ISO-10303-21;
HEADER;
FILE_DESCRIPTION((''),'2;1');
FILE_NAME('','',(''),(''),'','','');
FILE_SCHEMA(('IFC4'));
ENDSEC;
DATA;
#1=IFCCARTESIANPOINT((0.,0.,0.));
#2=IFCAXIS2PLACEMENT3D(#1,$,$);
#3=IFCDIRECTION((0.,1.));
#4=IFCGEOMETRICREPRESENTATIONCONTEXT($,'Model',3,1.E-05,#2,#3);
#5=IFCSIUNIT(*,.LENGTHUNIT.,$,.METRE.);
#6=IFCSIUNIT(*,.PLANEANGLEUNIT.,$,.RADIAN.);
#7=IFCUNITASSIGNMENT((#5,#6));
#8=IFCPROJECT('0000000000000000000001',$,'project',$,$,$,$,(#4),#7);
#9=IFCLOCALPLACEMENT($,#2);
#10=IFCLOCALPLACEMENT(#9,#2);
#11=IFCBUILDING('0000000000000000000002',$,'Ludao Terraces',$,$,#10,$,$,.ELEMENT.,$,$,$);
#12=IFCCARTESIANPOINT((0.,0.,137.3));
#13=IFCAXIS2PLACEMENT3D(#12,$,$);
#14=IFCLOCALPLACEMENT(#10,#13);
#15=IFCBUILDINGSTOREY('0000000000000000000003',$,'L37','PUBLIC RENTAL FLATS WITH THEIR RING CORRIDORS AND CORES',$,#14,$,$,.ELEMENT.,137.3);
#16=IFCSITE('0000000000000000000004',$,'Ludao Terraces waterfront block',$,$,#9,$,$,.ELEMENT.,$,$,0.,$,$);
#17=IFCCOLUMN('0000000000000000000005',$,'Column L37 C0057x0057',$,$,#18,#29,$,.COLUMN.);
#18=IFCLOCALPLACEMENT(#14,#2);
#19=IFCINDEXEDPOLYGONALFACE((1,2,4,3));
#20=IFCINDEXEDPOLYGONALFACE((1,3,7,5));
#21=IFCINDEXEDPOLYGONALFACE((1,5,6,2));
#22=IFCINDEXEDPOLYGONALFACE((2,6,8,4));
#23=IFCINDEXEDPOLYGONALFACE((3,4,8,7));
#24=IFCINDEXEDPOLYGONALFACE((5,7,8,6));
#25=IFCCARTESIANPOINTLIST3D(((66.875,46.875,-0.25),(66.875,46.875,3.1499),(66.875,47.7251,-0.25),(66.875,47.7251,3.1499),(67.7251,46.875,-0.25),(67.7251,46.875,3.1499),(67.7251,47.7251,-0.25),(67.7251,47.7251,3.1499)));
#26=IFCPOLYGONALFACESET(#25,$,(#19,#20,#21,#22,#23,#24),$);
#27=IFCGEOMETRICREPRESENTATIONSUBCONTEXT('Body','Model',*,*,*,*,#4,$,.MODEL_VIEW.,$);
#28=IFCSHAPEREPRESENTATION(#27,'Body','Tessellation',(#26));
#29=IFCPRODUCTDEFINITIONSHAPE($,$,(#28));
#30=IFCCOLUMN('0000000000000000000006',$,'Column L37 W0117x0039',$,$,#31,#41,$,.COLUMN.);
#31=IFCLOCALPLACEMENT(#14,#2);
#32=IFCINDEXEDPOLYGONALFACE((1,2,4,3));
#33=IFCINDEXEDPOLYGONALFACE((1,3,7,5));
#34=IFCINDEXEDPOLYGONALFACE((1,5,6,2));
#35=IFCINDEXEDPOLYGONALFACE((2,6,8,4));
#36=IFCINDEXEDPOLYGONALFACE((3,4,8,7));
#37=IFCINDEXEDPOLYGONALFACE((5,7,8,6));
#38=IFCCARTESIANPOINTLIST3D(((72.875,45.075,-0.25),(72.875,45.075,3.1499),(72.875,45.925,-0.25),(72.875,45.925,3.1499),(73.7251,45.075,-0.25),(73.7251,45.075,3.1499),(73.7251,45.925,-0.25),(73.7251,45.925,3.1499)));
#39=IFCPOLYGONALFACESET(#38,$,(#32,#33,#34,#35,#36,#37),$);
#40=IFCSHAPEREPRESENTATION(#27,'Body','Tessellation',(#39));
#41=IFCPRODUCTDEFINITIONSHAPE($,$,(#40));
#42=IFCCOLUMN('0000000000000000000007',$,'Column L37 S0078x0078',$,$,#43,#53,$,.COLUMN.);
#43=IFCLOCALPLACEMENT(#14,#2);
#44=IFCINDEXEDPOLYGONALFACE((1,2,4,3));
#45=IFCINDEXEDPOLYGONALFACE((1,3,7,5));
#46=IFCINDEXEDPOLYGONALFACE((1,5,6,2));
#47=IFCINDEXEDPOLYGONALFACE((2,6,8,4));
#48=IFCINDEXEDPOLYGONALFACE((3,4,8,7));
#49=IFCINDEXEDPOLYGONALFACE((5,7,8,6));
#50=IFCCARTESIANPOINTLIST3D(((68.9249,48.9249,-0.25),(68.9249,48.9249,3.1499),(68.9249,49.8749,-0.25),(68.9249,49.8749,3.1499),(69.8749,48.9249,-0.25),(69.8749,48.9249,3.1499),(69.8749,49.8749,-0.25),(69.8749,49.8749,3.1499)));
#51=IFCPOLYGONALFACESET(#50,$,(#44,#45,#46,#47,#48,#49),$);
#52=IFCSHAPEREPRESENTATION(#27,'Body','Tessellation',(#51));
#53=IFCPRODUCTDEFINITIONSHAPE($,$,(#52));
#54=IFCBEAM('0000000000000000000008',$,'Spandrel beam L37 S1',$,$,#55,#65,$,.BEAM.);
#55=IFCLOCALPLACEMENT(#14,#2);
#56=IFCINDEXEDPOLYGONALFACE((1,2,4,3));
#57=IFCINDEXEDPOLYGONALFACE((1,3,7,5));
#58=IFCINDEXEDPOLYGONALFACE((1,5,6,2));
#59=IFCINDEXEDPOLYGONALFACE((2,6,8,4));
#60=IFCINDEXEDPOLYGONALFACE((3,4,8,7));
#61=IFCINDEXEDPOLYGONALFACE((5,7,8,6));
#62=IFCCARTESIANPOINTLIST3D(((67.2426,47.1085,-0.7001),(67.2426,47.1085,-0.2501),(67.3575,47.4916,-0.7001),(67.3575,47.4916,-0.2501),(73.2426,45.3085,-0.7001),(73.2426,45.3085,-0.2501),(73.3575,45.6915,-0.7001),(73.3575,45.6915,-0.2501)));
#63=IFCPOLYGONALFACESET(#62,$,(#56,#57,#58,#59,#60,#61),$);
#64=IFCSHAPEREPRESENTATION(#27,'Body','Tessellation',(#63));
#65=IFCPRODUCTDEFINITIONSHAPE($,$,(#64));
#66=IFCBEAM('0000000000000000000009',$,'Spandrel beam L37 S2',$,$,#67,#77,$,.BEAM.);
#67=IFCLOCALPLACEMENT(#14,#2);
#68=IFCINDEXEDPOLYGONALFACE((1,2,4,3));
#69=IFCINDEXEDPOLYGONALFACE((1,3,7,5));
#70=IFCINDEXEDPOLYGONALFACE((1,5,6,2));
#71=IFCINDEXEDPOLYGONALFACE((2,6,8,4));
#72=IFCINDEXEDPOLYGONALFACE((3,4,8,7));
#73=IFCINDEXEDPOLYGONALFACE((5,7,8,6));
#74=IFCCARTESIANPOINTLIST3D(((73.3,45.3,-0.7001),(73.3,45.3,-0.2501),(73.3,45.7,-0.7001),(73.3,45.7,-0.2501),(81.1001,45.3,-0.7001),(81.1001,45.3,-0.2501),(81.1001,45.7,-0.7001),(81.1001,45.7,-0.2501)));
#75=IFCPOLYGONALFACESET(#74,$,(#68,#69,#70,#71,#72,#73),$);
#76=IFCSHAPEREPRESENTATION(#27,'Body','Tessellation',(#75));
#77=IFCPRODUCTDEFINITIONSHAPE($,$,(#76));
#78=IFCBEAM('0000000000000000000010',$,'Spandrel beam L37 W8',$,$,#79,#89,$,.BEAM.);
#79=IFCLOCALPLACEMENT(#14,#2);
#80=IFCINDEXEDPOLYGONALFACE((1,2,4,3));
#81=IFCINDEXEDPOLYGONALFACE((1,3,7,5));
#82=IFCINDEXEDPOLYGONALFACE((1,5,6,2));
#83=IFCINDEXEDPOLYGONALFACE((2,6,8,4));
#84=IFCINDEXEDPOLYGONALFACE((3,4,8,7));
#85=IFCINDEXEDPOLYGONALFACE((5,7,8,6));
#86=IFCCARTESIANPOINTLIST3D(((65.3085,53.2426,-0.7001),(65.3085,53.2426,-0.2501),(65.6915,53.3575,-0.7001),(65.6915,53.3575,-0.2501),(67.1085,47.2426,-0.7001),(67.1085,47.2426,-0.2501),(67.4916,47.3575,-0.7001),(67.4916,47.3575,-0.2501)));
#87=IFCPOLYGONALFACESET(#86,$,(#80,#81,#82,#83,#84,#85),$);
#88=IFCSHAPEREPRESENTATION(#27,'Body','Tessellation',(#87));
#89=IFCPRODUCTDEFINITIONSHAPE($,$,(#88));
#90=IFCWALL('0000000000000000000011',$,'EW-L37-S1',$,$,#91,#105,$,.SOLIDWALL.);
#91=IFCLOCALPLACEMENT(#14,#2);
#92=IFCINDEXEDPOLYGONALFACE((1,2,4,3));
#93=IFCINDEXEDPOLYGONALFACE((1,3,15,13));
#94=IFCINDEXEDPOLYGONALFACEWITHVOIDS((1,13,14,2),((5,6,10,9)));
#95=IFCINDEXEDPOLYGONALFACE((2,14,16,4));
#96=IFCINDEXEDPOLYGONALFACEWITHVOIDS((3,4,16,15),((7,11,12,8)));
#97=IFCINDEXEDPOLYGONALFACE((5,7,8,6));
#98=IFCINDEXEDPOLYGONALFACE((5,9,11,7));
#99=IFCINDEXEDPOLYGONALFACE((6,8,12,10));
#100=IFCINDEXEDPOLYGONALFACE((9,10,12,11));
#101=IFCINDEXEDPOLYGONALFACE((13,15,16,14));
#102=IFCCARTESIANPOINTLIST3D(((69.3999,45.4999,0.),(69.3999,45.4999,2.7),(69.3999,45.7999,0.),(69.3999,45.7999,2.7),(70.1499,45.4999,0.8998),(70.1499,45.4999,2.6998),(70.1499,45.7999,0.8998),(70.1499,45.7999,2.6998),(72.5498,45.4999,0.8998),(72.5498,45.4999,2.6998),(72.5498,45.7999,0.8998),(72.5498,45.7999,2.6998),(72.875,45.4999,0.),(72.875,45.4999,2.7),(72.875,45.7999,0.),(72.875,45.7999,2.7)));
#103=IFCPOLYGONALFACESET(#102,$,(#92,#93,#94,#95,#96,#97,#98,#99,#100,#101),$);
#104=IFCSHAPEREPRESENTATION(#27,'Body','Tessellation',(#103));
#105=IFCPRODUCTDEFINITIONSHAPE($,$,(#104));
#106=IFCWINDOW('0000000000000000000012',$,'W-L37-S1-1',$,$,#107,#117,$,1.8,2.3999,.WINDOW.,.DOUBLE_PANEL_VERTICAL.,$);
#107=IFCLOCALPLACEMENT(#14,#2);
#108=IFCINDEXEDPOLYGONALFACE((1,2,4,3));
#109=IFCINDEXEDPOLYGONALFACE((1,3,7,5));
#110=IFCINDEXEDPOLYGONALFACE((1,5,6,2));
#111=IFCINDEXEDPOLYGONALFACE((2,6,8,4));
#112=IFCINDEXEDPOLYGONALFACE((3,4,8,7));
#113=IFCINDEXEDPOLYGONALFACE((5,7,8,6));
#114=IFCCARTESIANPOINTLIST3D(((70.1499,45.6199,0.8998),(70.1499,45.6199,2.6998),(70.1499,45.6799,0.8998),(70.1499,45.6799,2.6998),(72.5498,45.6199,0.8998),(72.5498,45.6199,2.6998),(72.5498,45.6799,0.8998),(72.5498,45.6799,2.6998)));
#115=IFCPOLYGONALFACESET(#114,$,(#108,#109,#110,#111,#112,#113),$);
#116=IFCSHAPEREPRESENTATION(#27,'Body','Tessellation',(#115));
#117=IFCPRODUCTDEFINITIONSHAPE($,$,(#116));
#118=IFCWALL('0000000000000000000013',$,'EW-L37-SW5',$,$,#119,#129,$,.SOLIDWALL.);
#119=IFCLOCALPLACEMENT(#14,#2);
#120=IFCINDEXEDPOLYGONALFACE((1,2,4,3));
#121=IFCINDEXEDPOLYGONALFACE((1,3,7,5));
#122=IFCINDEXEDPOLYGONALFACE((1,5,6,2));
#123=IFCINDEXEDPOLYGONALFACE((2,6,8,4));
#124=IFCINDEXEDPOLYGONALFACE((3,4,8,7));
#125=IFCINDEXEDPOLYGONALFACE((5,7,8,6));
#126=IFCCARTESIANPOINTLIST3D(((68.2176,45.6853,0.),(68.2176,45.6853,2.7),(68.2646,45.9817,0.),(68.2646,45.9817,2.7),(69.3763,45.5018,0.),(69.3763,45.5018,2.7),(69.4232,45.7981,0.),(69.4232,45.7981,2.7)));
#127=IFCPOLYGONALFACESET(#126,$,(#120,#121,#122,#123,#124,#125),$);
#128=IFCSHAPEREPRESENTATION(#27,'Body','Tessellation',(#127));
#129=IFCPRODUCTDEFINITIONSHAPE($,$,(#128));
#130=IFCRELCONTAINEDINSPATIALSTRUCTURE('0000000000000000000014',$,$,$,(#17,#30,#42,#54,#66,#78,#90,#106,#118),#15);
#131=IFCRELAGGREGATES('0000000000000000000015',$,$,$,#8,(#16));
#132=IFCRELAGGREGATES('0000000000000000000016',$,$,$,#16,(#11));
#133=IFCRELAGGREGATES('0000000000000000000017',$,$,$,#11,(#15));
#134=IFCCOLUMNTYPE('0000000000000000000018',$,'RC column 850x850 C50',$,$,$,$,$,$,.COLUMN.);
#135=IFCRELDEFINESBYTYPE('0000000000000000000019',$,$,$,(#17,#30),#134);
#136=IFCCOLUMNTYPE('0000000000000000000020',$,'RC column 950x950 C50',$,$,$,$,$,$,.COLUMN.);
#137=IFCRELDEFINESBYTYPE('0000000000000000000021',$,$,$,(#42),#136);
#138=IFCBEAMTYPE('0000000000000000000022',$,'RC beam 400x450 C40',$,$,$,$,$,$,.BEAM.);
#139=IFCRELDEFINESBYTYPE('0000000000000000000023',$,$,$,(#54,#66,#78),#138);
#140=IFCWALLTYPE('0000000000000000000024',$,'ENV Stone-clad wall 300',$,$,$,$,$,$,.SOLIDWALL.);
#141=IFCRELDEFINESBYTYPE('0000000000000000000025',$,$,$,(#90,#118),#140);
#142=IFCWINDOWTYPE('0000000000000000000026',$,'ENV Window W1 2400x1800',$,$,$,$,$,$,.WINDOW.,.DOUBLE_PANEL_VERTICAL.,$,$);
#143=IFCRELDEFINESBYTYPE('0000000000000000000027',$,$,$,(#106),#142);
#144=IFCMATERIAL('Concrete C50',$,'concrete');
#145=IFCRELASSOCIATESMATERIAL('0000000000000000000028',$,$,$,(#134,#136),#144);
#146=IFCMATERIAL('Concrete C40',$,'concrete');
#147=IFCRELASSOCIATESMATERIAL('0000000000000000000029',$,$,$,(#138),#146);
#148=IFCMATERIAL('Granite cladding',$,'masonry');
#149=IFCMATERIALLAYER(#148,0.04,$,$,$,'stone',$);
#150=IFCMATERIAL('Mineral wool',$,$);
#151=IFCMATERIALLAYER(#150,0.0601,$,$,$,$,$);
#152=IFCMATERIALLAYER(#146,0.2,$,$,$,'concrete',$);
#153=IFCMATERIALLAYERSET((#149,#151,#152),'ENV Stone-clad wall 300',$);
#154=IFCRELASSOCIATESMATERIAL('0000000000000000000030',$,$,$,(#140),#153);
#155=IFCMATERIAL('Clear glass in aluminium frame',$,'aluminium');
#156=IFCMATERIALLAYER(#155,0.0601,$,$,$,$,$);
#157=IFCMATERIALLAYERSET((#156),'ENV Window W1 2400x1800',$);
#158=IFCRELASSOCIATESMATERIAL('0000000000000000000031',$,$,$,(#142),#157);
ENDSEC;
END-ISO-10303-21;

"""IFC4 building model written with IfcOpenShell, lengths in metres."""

from ifc_helpers import new_model, si_unit, direction, frame, frame_2d, origin, origin_2d, place, context, subcontext, project, spatial, rectangle, extrude, material, layer, layer_set, material_profile, profile_set, type_object, element, fill, save


model = new_model("IFC4")

# Units and contexts
model_context = context("Model", 3, precision=1e-05, world=origin(), true_north=direction((0.0, 1.0)))
body_context = subcontext(model_context, "Body", "Model", "MODEL_VIEW")
ifc_project = project(units=[si_unit("LENGTHUNIT", "METRE"), si_unit("PLANEANGLEUNIT", "RADIAN")], contexts=[model_context])

# Site, building, storey
site_placement = place(None, origin())
site = spatial("IfcSite", under=ifc_project, at=site_placement, Name="Ludao Terraces waterfront block", CompositionType="ELEMENT", RefElevation=0.0)
building_placement = place(site_placement, origin())
building = spatial("IfcBuilding", under=site, at=building_placement, Name="Ludao Terraces", CompositionType="ELEMENT")
storey_placement = place(building_placement, frame((0.0, 0.0, 137.3)))
storey = spatial("IfcBuildingStorey", under=building, at=storey_placement, Name="L37", Description="PUBLIC RENTAL FLATS WITH THEIR RING CORRIDORS AND CORES", CompositionType="ELEMENT", Elevation=137.3)

# Columns
ifc_material_1 = material(Name="Concrete C50", Category="concrete")
ifc_material_profile_1 = material_profile(ifc_material_1, rectangle(XDim=0.8501, YDim=0.8501, at=origin_2d()), Name="850 X 850")
ifc_profile_set_1 = profile_set([ifc_material_profile_1], Name="Concrete C50")
column_type_1 = type_object("IfcColumnType", Name="RC column 850x850 C50", PredefinedType="COLUMN", material=ifc_profile_set_1)
for number, where, z_axis, x_axis, name in (
    (1, (67.3, 47.3, -0.25), (0.0, 0.0, 1.0), (1.0, 0.0, 0.0), "Column L37 C0057x0057"),
    (2, (73.3, 45.5, -0.25), (0.0, 0.0, 1.0), (1.0, 0.0, 0.0), "Column L37 W0117x0039"),
):
    element("IfcColumn", number, at=place(storey_placement, frame(where, z_axis=z_axis, x_axis=x_axis)), inside=storey, type_object=column_type_1, Name=name, PredefinedType="COLUMN", context=body_context, shape_type="SweptSolid", body=[
        extrude(rectangle(XDim=0.8501, YDim=0.8501, at=origin_2d()), origin(), (0.0, 0.0, 1.0), 3.3999),
    ])
ifc_material_profile_2 = material_profile(ifc_material_1, rectangle(XDim=0.95, YDim=0.95, at=origin_2d()), Name="950 X 950")
ifc_profile_set_2 = profile_set([ifc_material_profile_2], Name="Concrete C50")
column_type_2 = type_object("IfcColumnType", Name="RC column 950x950 C50", PredefinedType="COLUMN", material=ifc_profile_set_2)
column_placement = place(storey_placement, frame((69.3999, 49.3999, -0.25), z_axis=(0.0, 0.0, 1.0), x_axis=(1.0, 0.0, 0.0)))
element("IfcColumn", 3, at=column_placement, inside=storey, type_object=column_type_2, Name="Column L37 S0078x0078", PredefinedType="COLUMN", context=body_context, shape_type="SweptSolid", body=[
    extrude(rectangle(XDim=0.95, YDim=0.95, at=origin_2d()), origin(), (0.0, 0.0, 1.0), 3.3999),
])

# Beams
ifc_material_2 = material(Name="Concrete C40", Category="concrete")
ifc_material_profile_3 = material_profile(ifc_material_2, rectangle(XDim=0.3999, YDim=0.45, at=origin_2d()), Name="400 X 450")
ifc_profile_set_3 = profile_set([ifc_material_profile_3], Name="Concrete C40")
beam_type = type_object("IfcBeamType", Name="RC beam 400x450 C40", PredefinedType="BEAM", material=ifc_profile_set_3)
beam_1_placement = place(storey_placement, frame((67.3, 47.3, -0.4751), z_axis=(0.957824, -0.287355, 0.0), x_axis=(0.287355, 0.957824, 0.0)))
element("IfcBeam", 4, at=beam_1_placement, inside=storey, type_object=beam_type, Name="Spandrel beam L37 S1", PredefinedType="BEAM", context=body_context, shape_type="SweptSolid", body=[
    extrude(rectangle(XDim=0.3999, YDim=0.45, at=origin_2d()), origin(), (0.0, 0.0, 1.0), 6.2642),
])
beam_2_placement = place(storey_placement, frame((73.3, 45.5, -0.4751), z_axis=(1.0, 0.0, 0.0), x_axis=(0.0, 1.0, 0.0)))
element("IfcBeam", 5, at=beam_2_placement, inside=storey, type_object=beam_type, Name="Spandrel beam L37 S2", PredefinedType="BEAM", context=body_context, shape_type="SweptSolid", body=[
    extrude(rectangle(XDim=0.3999, YDim=0.45, at=origin_2d()), origin(), (0.0, 0.0, 1.0), 7.8),
])
beam_3_placement = place(storey_placement, frame((67.3, 47.3, -0.4751), z_axis=(-0.287355, 0.957824, 0.0), x_axis=(-0.957824, -0.287355, 0.0)))
element("IfcBeam", 6, at=beam_3_placement, inside=storey, type_object=beam_type, Name="Spandrel beam L37 W8", PredefinedType="BEAM", context=body_context, shape_type="SweptSolid", body=[
    extrude(rectangle(XDim=0.3999, YDim=0.45, at=origin_2d()), origin(), (0.0, 0.0, 1.0), 6.2642),
])

# Wall, opening, window
ifc_material_3 = material(Name="Granite cladding", Category="masonry")
ifc_layer_1 = layer(ifc_material_3, 0.04, Category="stone")
ifc_material_4 = material(Name="Mineral wool")
ifc_layer_2 = layer(ifc_material_4, 0.0601)
ifc_layer_3 = layer(ifc_material_2, 0.2, Category="concrete")
ifc_layer_set_1 = layer_set([ifc_layer_1, ifc_layer_2, ifc_layer_3], Name="ENV Stone-clad wall 300")
wall_type_1 = type_object("IfcWallType", Name="ENV Stone-clad wall 300", PredefinedType="SOLIDWALL", material=ifc_layer_set_1)
wall_1_placement = place(storey_placement, frame((69.3999, 45.6499, 0.0), z_axis=(0.0, 0.0, 1.0), x_axis=(1.0, 0.0, 0.0)))
wall_1 = element("IfcWall", 7, at=wall_1_placement, inside=storey, type_object=wall_type_1, Name="EW-L37-S1", PredefinedType="SOLIDWALL", context=body_context, shape_type="SweptSolid", body=[
    extrude(rectangle(XDim=3.4751, YDim=0.3, at=frame_2d((1.7375, 0.0))), origin(), (0.0, 0.0, 1.0), 2.7),
])
opening_1_placement = place(wall_1_placement, frame((0.75, 0.0, 0.8999)))
opening_1 = element("IfcOpeningElement", 8, at=opening_1_placement, cuts=wall_1, PredefinedType="OPENING", context=body_context, shape_type="SweptSolid", body=[
    extrude(rectangle(XDim=2.3999, YDim=1.8, at=frame_2d((1.2, 0.8999))), frame((0.0, 0.1602, 0.0), z_axis=(0.0, -1.0, 0.0), x_axis=(1.0, 0.0, 0.0)), (0.0, 0.0, 1.0), 0.3201),
])
ifc_material_5 = material(Name="Clear glass in aluminium frame", Category="aluminium")
ifc_layer_4 = layer(ifc_material_5, 0.0601)
ifc_layer_set_2 = layer_set([ifc_layer_4], Name="ENV Window W1 2400x1800")
window_type = type_object("IfcWindowType", Name="ENV Window W1 2400x1800", PartitioningType="DOUBLE_PANEL_VERTICAL", PredefinedType="WINDOW", material=ifc_layer_set_2)
window_placement = place(opening_1_placement, origin())
window = element("IfcWindow", 9, at=window_placement, inside=storey, type_object=window_type, Name="W-L37-S1-1", OverallHeight=1.8, OverallWidth=2.3999, PartitioningType="DOUBLE_PANEL_VERTICAL", PredefinedType="WINDOW", context=body_context, shape_type="SweptSolid", body=[
    extrude(rectangle(XDim=2.3999, YDim=1.8, at=frame_2d((1.2, 0.8999))), frame((0.0, 0.03, 0.0), z_axis=(0.0, -1.0, 0.0), x_axis=(1.0, 0.0, 0.0)), (0.0, 0.0, 1.0), 0.0601),
])
fill(opening_1, window)

# Wall
wall_2_placement = place(storey_placement, frame((68.2412, 45.8335, 0.0), z_axis=(0.0, 0.0, 1.0), x_axis=(0.987678, -0.156497, 0.0)))
element("IfcWall", 10, at=wall_2_placement, inside=storey, type_object=wall_type_1, Name="EW-L37-SW5", PredefinedType="SOLIDWALL", context=body_context, shape_type="SweptSolid", body=[
    extrude(rectangle(XDim=1.1731, YDim=0.3, at=frame_2d((0.5864, 0.0))), origin(), (0.0, 0.0, 1.0), 2.7),
])

save(model, "model.ifc")
